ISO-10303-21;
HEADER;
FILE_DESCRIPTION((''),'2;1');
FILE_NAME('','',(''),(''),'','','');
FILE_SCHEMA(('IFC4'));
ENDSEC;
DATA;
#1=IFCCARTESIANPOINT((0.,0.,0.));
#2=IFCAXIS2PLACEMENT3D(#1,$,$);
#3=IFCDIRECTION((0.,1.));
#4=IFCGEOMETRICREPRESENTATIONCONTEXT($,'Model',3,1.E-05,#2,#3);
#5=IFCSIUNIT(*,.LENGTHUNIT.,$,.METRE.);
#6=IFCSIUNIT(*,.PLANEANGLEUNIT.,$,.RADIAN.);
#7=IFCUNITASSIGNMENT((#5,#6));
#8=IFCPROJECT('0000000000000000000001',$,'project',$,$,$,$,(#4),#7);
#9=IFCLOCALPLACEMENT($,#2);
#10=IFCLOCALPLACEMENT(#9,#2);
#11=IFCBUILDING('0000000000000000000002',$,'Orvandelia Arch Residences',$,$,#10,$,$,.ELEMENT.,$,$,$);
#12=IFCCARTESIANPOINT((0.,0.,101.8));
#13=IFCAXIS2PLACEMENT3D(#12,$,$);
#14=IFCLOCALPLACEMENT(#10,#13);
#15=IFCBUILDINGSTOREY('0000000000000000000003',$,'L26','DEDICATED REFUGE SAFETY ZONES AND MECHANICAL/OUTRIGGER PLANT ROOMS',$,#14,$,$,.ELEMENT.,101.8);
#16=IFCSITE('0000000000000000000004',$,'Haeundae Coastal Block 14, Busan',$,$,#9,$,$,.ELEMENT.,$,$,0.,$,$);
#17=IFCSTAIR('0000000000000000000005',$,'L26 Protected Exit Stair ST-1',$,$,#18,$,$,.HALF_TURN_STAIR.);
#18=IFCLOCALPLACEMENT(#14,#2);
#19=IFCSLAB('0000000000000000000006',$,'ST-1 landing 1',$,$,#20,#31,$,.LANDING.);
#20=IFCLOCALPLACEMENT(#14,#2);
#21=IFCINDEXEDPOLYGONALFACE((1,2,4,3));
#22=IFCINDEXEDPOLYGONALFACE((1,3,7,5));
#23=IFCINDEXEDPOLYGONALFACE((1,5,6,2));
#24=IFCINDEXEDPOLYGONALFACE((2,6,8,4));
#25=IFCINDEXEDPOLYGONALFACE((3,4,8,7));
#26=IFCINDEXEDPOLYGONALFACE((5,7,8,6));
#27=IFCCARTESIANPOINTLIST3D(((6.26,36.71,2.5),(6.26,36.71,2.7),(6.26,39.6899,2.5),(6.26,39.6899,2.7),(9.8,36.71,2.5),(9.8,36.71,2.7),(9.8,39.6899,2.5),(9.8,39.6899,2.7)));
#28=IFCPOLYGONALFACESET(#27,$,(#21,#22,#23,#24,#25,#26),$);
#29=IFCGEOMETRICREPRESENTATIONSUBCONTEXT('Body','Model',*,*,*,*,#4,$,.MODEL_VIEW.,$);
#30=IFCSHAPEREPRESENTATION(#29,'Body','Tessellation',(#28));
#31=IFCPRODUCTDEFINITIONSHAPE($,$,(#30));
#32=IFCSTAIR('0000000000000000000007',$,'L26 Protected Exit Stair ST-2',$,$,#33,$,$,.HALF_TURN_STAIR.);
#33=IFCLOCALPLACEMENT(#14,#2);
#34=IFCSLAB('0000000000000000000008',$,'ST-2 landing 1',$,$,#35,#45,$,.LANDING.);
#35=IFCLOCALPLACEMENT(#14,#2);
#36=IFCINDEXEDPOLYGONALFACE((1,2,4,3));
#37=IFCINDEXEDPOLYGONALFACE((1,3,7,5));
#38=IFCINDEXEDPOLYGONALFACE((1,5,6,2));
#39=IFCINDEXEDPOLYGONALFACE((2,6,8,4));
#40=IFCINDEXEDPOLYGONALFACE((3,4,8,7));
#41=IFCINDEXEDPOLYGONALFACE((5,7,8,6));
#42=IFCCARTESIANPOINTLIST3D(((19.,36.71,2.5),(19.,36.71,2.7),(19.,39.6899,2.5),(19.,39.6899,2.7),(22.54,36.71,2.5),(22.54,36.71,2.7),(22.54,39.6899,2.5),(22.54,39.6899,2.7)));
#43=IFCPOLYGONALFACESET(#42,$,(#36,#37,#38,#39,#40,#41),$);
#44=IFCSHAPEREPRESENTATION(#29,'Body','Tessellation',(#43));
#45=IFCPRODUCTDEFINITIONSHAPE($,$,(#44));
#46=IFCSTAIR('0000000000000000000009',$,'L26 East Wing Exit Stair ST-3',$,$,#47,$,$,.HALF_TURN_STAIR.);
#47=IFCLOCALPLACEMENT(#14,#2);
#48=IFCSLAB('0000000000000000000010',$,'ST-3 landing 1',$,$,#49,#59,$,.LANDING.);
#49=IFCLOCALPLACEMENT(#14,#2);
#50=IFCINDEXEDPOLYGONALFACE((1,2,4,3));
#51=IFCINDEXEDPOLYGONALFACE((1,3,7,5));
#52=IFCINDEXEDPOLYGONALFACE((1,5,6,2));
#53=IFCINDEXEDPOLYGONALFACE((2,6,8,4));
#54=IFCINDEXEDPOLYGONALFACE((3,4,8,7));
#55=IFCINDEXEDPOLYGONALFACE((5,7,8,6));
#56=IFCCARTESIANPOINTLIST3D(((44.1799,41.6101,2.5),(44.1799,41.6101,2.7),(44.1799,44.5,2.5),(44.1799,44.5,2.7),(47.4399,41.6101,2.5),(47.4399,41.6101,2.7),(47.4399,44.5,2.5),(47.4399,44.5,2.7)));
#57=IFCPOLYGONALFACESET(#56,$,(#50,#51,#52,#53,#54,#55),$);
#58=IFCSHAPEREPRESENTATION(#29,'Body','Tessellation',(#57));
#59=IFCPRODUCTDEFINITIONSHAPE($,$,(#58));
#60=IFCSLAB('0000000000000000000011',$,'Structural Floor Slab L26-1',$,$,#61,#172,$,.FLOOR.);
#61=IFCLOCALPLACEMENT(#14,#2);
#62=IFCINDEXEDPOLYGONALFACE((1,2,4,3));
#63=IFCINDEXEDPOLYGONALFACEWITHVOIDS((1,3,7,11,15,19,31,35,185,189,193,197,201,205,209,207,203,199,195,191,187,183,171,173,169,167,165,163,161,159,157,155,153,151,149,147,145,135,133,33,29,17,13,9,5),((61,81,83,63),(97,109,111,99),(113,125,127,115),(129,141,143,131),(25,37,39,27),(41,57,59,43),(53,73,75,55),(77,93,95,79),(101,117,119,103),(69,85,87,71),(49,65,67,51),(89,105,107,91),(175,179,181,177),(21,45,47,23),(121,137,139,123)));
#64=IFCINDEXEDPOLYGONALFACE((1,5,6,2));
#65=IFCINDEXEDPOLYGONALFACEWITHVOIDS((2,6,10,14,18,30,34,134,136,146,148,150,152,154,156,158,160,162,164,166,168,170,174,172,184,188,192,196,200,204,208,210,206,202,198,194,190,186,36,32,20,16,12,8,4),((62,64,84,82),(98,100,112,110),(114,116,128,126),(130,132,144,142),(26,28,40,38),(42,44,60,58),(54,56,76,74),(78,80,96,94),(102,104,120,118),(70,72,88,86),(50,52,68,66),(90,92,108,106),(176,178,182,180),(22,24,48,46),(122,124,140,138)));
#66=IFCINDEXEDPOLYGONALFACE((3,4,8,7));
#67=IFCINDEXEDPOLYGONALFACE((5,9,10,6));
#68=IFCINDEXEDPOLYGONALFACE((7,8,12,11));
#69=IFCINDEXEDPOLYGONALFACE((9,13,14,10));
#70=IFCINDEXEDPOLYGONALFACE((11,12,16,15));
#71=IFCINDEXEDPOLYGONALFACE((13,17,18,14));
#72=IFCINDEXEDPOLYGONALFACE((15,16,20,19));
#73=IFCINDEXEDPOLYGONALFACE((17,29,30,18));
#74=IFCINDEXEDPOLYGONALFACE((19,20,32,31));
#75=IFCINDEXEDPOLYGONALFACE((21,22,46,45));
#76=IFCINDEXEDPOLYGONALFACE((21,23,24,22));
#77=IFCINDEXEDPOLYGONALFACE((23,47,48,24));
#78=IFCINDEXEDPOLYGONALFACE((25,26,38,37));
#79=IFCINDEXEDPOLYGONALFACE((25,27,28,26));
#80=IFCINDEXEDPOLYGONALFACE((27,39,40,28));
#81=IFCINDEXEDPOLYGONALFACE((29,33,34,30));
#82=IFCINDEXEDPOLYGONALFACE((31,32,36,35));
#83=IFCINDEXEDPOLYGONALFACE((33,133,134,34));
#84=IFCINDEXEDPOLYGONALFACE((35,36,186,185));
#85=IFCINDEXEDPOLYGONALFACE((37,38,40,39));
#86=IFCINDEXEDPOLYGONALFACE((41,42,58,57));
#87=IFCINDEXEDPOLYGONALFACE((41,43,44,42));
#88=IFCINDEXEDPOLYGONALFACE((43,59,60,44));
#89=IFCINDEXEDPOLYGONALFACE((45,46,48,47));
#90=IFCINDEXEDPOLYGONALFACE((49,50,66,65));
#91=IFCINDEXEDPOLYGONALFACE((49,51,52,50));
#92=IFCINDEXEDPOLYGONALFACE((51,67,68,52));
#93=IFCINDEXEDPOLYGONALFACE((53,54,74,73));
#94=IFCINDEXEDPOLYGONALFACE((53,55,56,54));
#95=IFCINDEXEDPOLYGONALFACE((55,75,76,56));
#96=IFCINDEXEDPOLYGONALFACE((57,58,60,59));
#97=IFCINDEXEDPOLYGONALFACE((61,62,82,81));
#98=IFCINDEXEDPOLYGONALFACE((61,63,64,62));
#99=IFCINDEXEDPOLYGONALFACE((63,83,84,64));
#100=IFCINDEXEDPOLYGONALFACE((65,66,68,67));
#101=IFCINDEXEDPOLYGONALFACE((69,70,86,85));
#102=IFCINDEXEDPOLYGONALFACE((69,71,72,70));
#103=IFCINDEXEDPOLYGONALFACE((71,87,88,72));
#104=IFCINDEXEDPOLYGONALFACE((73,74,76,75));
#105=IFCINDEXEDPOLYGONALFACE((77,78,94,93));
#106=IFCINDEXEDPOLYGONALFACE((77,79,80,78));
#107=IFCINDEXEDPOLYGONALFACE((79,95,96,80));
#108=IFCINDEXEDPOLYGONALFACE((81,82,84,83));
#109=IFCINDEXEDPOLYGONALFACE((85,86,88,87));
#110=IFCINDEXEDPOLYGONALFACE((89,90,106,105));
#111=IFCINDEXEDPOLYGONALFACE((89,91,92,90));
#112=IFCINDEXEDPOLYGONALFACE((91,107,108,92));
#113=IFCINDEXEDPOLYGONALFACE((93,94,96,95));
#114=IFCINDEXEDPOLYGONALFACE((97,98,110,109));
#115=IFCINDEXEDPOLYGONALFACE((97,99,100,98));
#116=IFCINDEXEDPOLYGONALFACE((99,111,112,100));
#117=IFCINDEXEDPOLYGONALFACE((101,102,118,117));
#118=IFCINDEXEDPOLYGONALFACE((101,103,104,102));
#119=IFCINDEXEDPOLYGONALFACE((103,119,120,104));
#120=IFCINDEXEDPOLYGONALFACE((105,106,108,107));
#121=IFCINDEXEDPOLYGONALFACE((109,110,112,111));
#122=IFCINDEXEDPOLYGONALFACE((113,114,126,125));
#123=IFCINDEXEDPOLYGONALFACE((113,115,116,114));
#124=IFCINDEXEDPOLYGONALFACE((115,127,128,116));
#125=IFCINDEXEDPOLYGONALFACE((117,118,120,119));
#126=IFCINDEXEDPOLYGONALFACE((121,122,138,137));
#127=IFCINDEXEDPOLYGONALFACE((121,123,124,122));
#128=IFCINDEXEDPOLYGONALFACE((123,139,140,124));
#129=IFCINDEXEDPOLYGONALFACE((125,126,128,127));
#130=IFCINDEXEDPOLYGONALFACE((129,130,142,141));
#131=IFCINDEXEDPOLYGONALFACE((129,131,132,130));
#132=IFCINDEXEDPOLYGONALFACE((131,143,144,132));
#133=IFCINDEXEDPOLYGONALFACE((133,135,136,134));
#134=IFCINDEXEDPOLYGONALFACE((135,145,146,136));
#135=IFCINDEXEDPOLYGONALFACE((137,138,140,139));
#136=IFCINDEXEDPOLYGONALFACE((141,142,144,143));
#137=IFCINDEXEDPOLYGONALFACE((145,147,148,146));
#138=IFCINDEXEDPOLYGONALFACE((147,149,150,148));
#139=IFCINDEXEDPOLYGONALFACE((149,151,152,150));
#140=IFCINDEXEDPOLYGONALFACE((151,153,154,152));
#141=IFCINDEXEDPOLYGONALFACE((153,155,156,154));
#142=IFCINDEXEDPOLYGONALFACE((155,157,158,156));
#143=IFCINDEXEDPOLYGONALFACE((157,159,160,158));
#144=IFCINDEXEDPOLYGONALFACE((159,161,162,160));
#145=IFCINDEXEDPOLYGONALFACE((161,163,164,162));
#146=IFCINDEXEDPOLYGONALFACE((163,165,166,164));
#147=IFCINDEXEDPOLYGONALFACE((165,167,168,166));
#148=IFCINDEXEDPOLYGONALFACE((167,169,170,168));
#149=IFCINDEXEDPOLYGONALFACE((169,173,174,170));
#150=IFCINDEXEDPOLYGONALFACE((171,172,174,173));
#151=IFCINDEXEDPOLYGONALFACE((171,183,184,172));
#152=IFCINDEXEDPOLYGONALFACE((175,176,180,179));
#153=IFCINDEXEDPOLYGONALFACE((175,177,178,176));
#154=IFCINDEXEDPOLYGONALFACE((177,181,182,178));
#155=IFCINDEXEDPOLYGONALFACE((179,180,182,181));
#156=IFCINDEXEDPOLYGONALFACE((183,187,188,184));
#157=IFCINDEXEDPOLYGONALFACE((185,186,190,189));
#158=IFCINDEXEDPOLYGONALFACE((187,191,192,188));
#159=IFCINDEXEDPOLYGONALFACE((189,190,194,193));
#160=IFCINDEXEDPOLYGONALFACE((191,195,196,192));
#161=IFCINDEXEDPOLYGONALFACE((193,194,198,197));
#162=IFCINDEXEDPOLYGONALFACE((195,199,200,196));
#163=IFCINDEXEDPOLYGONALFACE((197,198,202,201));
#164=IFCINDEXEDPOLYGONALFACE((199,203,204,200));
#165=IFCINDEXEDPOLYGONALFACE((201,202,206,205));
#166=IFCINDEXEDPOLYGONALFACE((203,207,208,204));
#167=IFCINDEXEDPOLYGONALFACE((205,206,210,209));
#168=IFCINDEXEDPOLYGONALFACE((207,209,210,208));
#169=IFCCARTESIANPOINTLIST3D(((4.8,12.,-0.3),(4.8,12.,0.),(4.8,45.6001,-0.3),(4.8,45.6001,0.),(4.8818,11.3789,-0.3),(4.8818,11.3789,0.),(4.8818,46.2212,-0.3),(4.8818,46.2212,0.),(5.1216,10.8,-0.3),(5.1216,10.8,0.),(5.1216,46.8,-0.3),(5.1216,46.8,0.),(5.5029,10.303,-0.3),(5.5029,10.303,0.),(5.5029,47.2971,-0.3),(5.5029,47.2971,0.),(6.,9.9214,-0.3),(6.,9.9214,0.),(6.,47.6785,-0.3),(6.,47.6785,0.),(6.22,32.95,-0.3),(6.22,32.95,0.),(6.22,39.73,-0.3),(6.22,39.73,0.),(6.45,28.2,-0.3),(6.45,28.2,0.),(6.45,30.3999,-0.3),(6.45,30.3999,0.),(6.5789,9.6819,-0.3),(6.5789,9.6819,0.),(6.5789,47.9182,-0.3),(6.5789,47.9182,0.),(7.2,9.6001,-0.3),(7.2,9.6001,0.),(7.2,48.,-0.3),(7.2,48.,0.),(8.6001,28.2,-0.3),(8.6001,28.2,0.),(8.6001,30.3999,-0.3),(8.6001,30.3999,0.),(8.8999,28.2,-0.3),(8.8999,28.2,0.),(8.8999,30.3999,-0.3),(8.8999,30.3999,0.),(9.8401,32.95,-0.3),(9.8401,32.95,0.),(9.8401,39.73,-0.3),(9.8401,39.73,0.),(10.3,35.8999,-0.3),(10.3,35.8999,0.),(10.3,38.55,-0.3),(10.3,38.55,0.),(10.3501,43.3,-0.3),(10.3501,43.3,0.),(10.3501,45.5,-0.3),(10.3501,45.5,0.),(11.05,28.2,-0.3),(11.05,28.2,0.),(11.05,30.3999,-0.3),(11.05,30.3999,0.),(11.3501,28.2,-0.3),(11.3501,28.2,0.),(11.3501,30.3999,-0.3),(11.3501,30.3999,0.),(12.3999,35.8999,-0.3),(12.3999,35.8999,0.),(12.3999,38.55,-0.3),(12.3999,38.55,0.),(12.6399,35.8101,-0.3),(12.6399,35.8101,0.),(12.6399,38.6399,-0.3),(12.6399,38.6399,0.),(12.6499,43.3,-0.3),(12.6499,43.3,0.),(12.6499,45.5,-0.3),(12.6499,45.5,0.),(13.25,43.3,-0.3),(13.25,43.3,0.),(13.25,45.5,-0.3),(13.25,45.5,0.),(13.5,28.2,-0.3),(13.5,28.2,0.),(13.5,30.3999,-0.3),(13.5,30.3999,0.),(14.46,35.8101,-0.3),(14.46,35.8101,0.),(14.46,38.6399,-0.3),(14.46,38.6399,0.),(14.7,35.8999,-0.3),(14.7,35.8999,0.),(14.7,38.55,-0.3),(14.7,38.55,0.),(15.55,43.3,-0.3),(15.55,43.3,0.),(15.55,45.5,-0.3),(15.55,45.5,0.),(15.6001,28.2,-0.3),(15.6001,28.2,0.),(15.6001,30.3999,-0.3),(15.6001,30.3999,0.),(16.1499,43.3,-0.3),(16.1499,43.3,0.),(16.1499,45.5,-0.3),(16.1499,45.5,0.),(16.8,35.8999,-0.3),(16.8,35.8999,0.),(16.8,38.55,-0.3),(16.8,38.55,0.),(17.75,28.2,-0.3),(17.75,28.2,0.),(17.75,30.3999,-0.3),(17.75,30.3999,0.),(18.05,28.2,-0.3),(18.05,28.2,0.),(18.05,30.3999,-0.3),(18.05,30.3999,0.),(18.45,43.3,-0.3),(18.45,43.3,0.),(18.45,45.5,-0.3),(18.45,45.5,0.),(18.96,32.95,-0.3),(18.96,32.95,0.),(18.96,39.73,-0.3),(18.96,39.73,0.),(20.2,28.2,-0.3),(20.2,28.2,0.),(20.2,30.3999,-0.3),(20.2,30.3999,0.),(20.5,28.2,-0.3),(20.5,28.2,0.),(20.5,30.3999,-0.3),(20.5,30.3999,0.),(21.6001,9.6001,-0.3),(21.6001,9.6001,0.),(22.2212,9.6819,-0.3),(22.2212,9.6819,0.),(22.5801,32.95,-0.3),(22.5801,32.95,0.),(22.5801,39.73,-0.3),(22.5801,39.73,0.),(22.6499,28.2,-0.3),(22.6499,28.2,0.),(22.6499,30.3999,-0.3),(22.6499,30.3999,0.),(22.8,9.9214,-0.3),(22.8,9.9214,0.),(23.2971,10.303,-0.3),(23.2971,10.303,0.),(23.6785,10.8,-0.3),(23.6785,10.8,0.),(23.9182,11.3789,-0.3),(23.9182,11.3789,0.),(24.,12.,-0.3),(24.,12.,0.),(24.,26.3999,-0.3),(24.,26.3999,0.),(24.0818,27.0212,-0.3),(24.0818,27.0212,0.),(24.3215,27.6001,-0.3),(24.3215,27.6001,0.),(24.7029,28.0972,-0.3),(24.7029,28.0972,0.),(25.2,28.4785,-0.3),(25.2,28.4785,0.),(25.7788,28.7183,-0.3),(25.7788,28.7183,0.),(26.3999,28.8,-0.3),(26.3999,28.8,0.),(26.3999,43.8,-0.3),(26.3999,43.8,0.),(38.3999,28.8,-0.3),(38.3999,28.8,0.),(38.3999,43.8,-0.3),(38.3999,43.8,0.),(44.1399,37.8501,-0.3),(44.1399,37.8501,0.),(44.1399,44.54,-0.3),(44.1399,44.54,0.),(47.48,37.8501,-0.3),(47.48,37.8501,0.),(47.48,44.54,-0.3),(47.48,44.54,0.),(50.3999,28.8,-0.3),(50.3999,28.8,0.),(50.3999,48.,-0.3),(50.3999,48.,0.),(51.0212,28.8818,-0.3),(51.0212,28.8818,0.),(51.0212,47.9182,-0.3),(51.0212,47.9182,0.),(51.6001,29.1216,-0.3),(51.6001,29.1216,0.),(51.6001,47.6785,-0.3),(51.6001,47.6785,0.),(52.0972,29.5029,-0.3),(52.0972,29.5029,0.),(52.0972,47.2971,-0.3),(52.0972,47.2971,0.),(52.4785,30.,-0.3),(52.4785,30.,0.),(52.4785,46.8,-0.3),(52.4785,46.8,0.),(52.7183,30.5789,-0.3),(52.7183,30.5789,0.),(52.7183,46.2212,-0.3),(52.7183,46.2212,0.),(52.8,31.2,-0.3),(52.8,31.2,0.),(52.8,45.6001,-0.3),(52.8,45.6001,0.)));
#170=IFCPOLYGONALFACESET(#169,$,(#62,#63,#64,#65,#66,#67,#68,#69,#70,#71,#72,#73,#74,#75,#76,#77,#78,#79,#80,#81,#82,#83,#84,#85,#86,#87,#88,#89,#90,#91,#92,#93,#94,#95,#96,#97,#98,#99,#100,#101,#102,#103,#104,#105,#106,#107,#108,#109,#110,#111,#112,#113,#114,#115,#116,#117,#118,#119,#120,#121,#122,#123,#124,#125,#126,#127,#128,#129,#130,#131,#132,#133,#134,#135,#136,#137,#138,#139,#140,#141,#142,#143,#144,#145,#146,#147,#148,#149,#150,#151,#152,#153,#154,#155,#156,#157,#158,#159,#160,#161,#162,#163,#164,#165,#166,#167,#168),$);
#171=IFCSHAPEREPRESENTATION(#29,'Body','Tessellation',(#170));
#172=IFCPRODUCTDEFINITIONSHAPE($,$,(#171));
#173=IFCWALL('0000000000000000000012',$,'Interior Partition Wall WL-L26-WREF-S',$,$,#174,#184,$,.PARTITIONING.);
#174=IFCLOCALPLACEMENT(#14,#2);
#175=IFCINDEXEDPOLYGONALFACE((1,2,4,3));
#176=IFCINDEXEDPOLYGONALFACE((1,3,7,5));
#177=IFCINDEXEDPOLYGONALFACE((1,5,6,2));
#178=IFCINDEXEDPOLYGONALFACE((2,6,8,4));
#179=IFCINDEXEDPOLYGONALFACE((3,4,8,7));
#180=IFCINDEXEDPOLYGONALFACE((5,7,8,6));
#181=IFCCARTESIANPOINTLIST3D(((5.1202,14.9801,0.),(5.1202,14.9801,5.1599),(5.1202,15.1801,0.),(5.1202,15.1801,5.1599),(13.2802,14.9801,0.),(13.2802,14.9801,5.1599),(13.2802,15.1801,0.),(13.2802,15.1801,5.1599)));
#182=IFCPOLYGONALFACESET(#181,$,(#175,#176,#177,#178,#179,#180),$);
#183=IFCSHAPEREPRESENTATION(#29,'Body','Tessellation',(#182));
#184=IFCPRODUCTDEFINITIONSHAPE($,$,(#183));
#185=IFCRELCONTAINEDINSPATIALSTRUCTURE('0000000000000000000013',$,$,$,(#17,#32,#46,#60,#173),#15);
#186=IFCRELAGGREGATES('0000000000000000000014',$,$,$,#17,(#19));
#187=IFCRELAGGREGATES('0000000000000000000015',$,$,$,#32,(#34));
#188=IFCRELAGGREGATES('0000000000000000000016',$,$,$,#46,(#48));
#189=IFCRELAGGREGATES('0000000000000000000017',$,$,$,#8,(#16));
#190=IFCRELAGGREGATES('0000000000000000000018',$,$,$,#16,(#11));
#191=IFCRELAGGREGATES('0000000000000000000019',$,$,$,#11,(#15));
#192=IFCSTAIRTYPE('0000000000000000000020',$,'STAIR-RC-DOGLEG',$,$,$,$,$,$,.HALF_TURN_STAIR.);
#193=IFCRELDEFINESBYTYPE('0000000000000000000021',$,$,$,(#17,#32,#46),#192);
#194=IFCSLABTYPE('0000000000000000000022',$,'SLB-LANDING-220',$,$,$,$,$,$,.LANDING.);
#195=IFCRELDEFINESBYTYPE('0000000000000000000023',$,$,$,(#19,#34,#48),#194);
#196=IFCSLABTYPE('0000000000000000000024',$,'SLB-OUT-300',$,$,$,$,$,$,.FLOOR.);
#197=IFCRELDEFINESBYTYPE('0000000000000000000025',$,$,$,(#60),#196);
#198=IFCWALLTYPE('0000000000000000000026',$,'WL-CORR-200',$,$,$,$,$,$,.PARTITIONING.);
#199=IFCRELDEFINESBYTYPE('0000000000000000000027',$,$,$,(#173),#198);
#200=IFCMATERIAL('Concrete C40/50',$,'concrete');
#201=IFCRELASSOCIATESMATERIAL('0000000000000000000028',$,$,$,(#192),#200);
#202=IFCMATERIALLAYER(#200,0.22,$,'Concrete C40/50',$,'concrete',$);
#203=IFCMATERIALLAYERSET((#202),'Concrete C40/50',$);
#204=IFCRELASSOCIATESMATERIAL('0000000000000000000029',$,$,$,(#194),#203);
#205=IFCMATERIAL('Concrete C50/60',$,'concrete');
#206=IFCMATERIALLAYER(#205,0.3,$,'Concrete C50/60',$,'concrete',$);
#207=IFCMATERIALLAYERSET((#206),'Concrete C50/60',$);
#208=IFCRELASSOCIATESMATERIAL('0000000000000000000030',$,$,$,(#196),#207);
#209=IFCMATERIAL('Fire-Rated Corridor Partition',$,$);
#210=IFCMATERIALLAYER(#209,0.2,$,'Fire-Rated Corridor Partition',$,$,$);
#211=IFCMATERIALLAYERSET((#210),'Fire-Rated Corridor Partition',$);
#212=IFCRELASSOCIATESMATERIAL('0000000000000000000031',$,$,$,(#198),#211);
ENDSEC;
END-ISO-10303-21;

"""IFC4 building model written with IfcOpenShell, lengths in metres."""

from ifc_helpers import new_model, si_unit, direction, frame, frame_2d, origin, place, context, subcontext, project, spatial, polyline, rectangle, outline, extrude, material, layer, layer_set, type_object, element, aggregate, save


model = new_model("IFC4")

# Units and contexts
model_context = context("Model", 3, precision=1e-05, world=origin(), true_north=direction((0.0, 1.0)))
body_context = subcontext(model_context, "Body", "Model", "MODEL_VIEW")
ifc_project = project(units=[si_unit("LENGTHUNIT", "METRE"), si_unit("PLANEANGLEUNIT", "RADIAN")], contexts=[model_context])

# Site, building, storey
site_placement = place(None, origin())
site = spatial("IfcSite", under=ifc_project, at=site_placement, Name="Haeundae Coastal Block 14, Busan", CompositionType="ELEMENT", RefElevation=0.0)
building_placement = place(site_placement, origin())
building = spatial("IfcBuilding", under=site, at=building_placement, Name="Orvandelia Arch Residences", CompositionType="ELEMENT")
storey_placement = place(building_placement, frame((0.0, 0.0, 101.8)))
storey = spatial("IfcBuildingStorey", under=building, at=storey_placement, Name="L26", Description="DEDICATED REFUGE SAFETY ZONES AND MECHANICAL/OUTRIGGER PLANT ROOMS", CompositionType="ELEMENT", Elevation=101.8)

# Stairs, slabs
ifc_material_1 = material(Name="Concrete C40/50", Category="concrete")
stair_type = type_object("IfcStairType", Name="STAIR-RC-DOGLEG", PredefinedType="HALF_TURN_STAIR", material=ifc_material_1)
stair_1_placement = place(storey_placement, origin())
stair_1 = element("IfcStair", 1, at=stair_1_placement, inside=storey, type_object=stair_type, Name="L26 Protected Exit Stair ST-1", PredefinedType="HALF_TURN_STAIR")
ifc_layer_1 = layer(ifc_material_1, 0.22, Name="Concrete C40/50", Category="concrete")
ifc_layer_set_1 = layer_set([ifc_layer_1], Name="Concrete C40/50")
slab_type_1 = type_object("IfcSlabType", Name="SLB-LANDING-220", PredefinedType="LANDING", material=ifc_layer_set_1)
slab_1_placement = place(storey_placement, frame((0.0, 0.0, 2.5)))
slab_1 = element("IfcSlab", 2, at=slab_1_placement, type_object=slab_type_1, Name="ST-1 landing 1", PredefinedType="LANDING", context=body_context, shape_type="SweptSolid", body=[
    extrude(outline(polyline([(9.8, 36.71), (9.8, 39.6899), (6.26, 39.6899), (6.26, 36.71), (9.8, 36.71)])), origin(), (0.0, 0.0, 1.0), 0.2),
])
aggregate(stair_1, [slab_1])
stair_2_placement = place(storey_placement, origin())
stair_2 = element("IfcStair", 3, at=stair_2_placement, inside=storey, type_object=stair_type, Name="L26 Protected Exit Stair ST-2", PredefinedType="HALF_TURN_STAIR")
slab_2_placement = place(storey_placement, frame((0.0, 0.0, 2.5)))
slab_2 = element("IfcSlab", 4, at=slab_2_placement, type_object=slab_type_1, Name="ST-2 landing 1", PredefinedType="LANDING", context=body_context, shape_type="SweptSolid", body=[
    extrude(outline(polyline([(22.54, 36.71), (22.54, 39.6899), (19.0, 39.6899), (19.0, 36.71), (22.54, 36.71)])), origin(), (0.0, 0.0, 1.0), 0.2),
])
aggregate(stair_2, [slab_2])
stair_3_placement = place(storey_placement, origin())
stair_3 = element("IfcStair", 5, at=stair_3_placement, inside=storey, type_object=stair_type, Name="L26 East Wing Exit Stair ST-3", PredefinedType="HALF_TURN_STAIR")
slab_3_placement = place(storey_placement, frame((0.0, 0.0, 2.5)))
slab_3 = element("IfcSlab", 6, at=slab_3_placement, type_object=slab_type_1, Name="ST-3 landing 1", PredefinedType="LANDING", context=body_context, shape_type="SweptSolid", body=[
    extrude(outline(polyline([(47.4399, 41.6101), (47.4399, 44.5), (44.1799, 44.5), (44.1799, 41.6101), (47.4399, 41.6101)])), origin(), (0.0, 0.0, 1.0), 0.2),
])
aggregate(stair_3, [slab_3])

# Slab
ifc_material_2 = material(Name="Concrete C50/60", Category="concrete")
ifc_layer_2 = layer(ifc_material_2, 0.3, Name="Concrete C50/60", Category="concrete")
ifc_layer_set_2 = layer_set([ifc_layer_2], Name="Concrete C50/60")
slab_type_2 = type_object("IfcSlabType", Name="SLB-OUT-300", PredefinedType="FLOOR", material=ifc_layer_set_2)
slab_4_placement = place(storey_placement, frame((0.0, 0.0, -0.3)))
element("IfcSlab", 7, at=slab_4_placement, inside=storey, type_object=slab_type_2, Name="Structural Floor Slab L26-1", PredefinedType="FLOOR", context=body_context, shape_type="SweptSolid", body=[
    extrude(outline(polyline([(4.8, 12.0), (4.8818, 11.3789), (5.1216, 10.8), (5.5029, 10.303), (6.0, 9.9214), (6.5789, 9.6819), (7.2, 9.6001), (21.6001, 9.6001), (22.2212, 9.6819), (22.8, 9.9214), (23.2971, 10.303), (23.6785, 10.8), (23.9182, 11.3789), (24.0, 12.0), (24.0, 26.3999), (24.0818, 27.0212), (24.3215, 27.6001), (24.7029, 28.0972), (25.2, 28.4785), (25.7788, 28.7183), (26.3999, 28.8), (26.3999, 43.8), (38.3999, 43.8), (38.3999, 28.8), (50.3999, 28.8), (51.0212, 28.8818), (51.6001, 29.1216), (52.0972, 29.5029), (52.4785, 30.0), (52.7183, 30.5789), (52.8, 31.2), (52.8, 45.6001), (52.7183, 46.2212), (52.4785, 46.8), (52.0972, 47.2971), (51.6001, 47.6785), (51.0212, 47.9182), (50.3999, 48.0), (7.2, 48.0), (6.5789, 47.9182), (6.0, 47.6785), (5.5029, 47.2971), (5.1216, 46.8), (4.8818, 46.2212), (4.8, 45.6001), (4.8, 12.0)]), holes=[polyline([(6.22, 32.95), (9.8401, 32.95), (9.8401, 39.73), (6.22, 39.73), (6.22, 32.95)]), polyline([(18.96, 32.95), (22.5801, 32.95), (22.5801, 39.73), (18.96, 39.73), (18.96, 32.95)]), polyline([(44.1399, 37.8501), (47.48, 37.8501), (47.48, 44.54), (44.1399, 44.54), (44.1399, 37.8501)]), polyline([(12.6399, 35.8101), (14.46, 35.8101), (14.46, 38.6399), (12.6399, 38.6399), (12.6399, 35.8101)]), polyline([(10.3, 35.8999), (12.3999, 35.8999), (12.3999, 38.55), (10.3, 38.55), (10.3, 35.8999)]), polyline([(14.7, 35.8999), (16.8, 35.8999), (16.8, 38.55), (14.7, 38.55), (14.7, 35.8999)]), polyline([(10.3501, 43.3), (12.6499, 43.3), (12.6499, 45.5), (10.3501, 45.5), (10.3501, 43.3)]), polyline([(13.25, 43.3), (15.55, 43.3), (15.55, 45.5), (13.25, 45.5), (13.25, 43.3)]), polyline([(16.1499, 43.3), (18.45, 43.3), (18.45, 45.5), (16.1499, 45.5), (16.1499, 43.3)]), polyline([(6.45, 28.2), (8.6001, 28.2), (8.6001, 30.3999), (6.45, 30.3999), (6.45, 28.2)]), polyline([(8.8999, 28.2), (11.05, 28.2), (11.05, 30.3999), (8.8999, 30.3999), (8.8999, 28.2)]), polyline([(11.3501, 28.2), (13.5, 28.2), (13.5, 30.3999), (11.3501, 30.3999), (11.3501, 28.2)]), polyline([(15.6001, 28.2), (17.75, 28.2), (17.75, 30.3999), (15.6001, 30.3999), (15.6001, 28.2)]), polyline([(18.05, 28.2), (20.2, 28.2), (20.2, 30.3999), (18.05, 30.3999), (18.05, 28.2)]), polyline([(20.5, 28.2), (22.6499, 28.2), (22.6499, 30.3999), (20.5, 30.3999), (20.5, 28.2)])]), origin(), (0.0, 0.0, 1.0), 0.3),
])

# Wall
ifc_material_3 = material(Name="Fire-Rated Corridor Partition")
ifc_layer_3 = layer(ifc_material_3, 0.2, Name="Fire-Rated Corridor Partition")
ifc_layer_set_3 = layer_set([ifc_layer_3], Name="Fire-Rated Corridor Partition")
wall_type_1 = type_object("IfcWallType", Name="WL-CORR-200", PredefinedType="PARTITIONING", material=ifc_layer_set_3)
wall_1_placement = place(storey_placement, frame((5.1201, 15.0801, 0.0), z_axis=(0.0, 0.0, 1.0), x_axis=(1.0, 0.0, 0.0)))
element("IfcWall", 8, at=wall_1_placement, inside=storey, type_object=wall_type_1, Name="Interior Partition Wall WL-L26-WREF-S", PredefinedType="PARTITIONING", context=body_context, shape_type="SweptSolid", body=[
    extrude(rectangle(XDim=8.1599, YDim=0.2, at=frame_2d((4.0801, 0.0))), origin(), (0.0, 0.0, 1.0), 5.1599),
])

save(model, "model.ifc")
